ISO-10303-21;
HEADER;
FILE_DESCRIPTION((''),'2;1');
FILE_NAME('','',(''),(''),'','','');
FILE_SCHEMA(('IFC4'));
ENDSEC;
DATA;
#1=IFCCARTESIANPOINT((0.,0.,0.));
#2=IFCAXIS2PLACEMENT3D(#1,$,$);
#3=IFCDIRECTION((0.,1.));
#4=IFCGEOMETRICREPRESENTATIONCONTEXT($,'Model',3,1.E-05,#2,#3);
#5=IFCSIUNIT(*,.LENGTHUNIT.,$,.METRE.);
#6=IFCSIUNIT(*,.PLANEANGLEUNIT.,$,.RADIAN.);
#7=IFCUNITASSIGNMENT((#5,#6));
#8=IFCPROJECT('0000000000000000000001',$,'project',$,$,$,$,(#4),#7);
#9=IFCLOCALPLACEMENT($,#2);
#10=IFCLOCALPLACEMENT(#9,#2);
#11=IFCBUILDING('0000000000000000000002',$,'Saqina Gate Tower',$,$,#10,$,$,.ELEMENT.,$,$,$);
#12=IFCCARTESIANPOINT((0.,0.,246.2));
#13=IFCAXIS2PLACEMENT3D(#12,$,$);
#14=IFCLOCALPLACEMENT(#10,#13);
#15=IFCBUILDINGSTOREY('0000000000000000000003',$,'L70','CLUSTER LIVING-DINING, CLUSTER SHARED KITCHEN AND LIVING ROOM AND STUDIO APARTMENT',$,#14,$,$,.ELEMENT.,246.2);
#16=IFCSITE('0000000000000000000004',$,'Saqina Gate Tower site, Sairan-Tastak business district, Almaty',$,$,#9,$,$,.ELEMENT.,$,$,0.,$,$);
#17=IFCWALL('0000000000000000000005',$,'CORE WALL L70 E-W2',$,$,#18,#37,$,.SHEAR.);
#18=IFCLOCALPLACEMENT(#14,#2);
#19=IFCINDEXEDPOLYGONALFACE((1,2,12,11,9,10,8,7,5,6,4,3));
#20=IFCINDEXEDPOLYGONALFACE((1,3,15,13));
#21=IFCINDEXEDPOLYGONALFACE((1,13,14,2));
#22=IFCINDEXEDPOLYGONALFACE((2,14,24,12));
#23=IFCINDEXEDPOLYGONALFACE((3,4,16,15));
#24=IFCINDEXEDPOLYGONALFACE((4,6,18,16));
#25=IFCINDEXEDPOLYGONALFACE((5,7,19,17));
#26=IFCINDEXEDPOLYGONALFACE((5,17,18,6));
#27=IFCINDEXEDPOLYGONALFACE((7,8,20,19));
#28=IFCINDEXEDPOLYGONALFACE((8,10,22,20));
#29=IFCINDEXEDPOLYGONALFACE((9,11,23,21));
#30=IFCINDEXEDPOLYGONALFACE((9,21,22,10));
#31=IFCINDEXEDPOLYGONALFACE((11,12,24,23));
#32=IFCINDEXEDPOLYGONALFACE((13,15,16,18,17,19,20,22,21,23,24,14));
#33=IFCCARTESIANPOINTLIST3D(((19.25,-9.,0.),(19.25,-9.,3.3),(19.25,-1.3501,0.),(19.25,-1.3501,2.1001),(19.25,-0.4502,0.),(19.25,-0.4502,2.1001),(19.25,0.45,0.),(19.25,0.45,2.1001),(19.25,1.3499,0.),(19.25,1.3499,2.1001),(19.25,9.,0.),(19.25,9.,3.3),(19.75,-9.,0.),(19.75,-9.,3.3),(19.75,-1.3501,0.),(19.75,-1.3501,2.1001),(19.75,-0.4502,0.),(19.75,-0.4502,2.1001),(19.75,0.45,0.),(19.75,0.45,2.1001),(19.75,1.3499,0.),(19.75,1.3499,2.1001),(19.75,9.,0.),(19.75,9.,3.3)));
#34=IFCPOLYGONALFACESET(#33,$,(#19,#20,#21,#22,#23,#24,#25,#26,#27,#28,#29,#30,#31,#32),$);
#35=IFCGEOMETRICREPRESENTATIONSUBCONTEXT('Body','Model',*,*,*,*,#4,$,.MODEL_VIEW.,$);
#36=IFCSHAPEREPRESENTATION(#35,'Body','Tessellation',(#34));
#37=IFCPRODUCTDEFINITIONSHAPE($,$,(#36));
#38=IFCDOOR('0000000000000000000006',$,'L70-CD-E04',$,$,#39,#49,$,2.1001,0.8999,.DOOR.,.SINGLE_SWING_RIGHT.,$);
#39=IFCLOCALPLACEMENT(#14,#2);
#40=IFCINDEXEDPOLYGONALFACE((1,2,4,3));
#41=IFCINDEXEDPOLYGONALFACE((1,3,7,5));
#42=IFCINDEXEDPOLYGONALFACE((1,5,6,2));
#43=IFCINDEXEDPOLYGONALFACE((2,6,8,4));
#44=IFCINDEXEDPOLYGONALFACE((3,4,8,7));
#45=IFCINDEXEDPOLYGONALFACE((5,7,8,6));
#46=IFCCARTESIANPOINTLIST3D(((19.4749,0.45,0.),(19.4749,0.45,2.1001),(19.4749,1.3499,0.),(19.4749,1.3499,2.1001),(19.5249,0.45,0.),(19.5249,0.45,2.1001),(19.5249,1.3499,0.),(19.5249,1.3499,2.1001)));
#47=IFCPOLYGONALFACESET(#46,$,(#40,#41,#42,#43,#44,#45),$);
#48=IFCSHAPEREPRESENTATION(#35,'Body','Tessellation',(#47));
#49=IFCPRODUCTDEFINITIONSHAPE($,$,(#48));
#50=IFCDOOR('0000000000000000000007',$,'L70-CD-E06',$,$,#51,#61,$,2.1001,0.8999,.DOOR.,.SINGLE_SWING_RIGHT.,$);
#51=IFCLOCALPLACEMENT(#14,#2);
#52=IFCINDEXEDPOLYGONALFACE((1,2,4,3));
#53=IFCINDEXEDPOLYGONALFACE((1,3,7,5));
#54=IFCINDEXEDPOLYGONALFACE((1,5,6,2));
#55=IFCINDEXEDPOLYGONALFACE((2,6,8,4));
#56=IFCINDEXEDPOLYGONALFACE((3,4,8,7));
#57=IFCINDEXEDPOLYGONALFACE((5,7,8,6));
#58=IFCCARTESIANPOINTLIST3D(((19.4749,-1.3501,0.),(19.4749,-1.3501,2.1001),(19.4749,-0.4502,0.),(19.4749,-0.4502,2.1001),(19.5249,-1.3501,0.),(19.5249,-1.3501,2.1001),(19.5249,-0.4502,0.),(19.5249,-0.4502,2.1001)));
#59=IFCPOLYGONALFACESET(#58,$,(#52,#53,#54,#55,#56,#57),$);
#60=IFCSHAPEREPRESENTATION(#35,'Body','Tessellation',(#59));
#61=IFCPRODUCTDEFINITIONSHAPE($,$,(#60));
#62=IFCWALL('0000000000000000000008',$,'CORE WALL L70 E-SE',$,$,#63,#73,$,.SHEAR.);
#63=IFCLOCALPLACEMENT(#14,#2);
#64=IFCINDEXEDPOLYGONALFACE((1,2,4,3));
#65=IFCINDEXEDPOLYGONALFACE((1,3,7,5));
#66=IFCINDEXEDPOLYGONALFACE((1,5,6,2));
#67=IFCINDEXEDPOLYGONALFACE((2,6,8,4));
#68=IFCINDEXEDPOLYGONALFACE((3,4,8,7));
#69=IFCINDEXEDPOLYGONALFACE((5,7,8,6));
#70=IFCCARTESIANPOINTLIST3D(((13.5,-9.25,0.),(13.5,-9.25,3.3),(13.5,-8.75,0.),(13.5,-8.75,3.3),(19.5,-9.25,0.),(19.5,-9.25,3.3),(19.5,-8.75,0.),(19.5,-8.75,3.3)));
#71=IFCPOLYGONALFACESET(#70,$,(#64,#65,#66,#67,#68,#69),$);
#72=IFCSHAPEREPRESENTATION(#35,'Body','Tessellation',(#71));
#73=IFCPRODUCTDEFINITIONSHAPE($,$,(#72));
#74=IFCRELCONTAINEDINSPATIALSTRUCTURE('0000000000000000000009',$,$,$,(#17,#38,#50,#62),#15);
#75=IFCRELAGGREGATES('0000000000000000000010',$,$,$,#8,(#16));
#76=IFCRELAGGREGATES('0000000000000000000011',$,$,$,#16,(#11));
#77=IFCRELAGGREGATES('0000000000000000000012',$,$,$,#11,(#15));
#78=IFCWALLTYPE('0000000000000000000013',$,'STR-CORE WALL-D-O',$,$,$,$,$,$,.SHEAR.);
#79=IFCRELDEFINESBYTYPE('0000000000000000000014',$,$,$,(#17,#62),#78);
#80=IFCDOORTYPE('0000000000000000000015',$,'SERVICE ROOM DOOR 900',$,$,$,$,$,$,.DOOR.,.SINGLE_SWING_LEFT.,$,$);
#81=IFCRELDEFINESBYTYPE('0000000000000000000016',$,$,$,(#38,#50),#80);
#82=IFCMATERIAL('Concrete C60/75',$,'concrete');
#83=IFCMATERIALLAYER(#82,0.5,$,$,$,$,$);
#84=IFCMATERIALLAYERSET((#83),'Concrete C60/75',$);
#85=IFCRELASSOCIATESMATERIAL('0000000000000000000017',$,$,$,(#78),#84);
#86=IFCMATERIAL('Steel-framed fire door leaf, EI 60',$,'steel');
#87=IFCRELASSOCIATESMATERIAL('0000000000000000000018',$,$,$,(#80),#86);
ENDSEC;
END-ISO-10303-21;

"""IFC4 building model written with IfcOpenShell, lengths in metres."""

from ifc_helpers import new_model, si_unit, direction, frame, frame_2d, origin, place, context, subcontext, project, spatial, rectangle, extrude, material, layer, layer_set, type_object, element, fill, save


model = new_model("IFC4")

# Units and contexts
model_context = context("Model", 3, precision=1e-05, world=origin(), true_north=direction((0.0, 1.0)))
body_context = subcontext(model_context, "Body", "Model", "MODEL_VIEW")
ifc_project = project(units=[si_unit("LENGTHUNIT", "METRE"), si_unit("PLANEANGLEUNIT", "RADIAN")], contexts=[model_context])

# Site, building, storey
site_placement = place(None, origin())
site = spatial("IfcSite", under=ifc_project, at=site_placement, Name="Saqina Gate Tower site, Sairan-Tastak business district, Almaty", CompositionType="ELEMENT", RefElevation=0.0)
building_placement = place(site_placement, origin())
building = spatial("IfcBuilding", under=site, at=building_placement, Name="Saqina Gate Tower", CompositionType="ELEMENT")
storey_placement = place(building_placement, frame((0.0, 0.0, 246.2)))
storey = spatial("IfcBuildingStorey", under=building, at=storey_placement, Name="L70", Description="CLUSTER LIVING-DINING, CLUSTER SHARED KITCHEN AND LIVING ROOM AND STUDIO APARTMENT", CompositionType="ELEMENT", Elevation=246.2)

# Wall, openings, doors
ifc_material_1 = material(Name="Concrete C60/75", Category="concrete")
ifc_layer_1 = layer(ifc_material_1, 0.5)
ifc_layer_set_1 = layer_set([ifc_layer_1], Name="Concrete C60/75")
wall_type_1 = type_object("IfcWallType", Name="STR-CORE WALL-D-O", PredefinedType="SHEAR", material=ifc_layer_set_1)
wall_1_placement = place(storey_placement, frame((19.5, -9.0, 0.0), z_axis=(0.0, 0.0, 1.0), x_axis=(0.0, 1.0, 0.0)))
wall_1 = element("IfcWall", 1, at=wall_1_placement, inside=storey, type_object=wall_type_1, Name="CORE WALL L70 E-W2", PredefinedType="SHEAR", context=body_context, shape_type="SweptSolid", body=[
    extrude(rectangle(XDim=18.0, YDim=0.5, at=frame_2d((9.0, 0.0))), origin(), (0.0, 0.0, 1.0), 3.3),
])
opening_1_placement = place(wall_1_placement, frame((9.45, 0.0, 0.0)))
opening_1 = element("IfcOpeningElement", 2, at=opening_1_placement, cuts=wall_1, PredefinedType="OPENING", context=body_context, shape_type="SweptSolid", body=[
    extrude(rectangle(XDim=0.8999, YDim=2.1001, at=frame_2d((0.45, 1.05))), frame((0.0, 0.262, 0.0), z_axis=(0.0, -1.0, 0.0), x_axis=(1.0, 0.0, 0.0)), (0.0, 0.0, 1.0), 0.5239),
])
opening_2_placement = place(wall_1_placement, frame((7.6499, 0.0, 0.0)))
opening_2 = element("IfcOpeningElement", 3, at=opening_2_placement, cuts=wall_1, PredefinedType="OPENING", context=body_context, shape_type="SweptSolid", body=[
    extrude(rectangle(XDim=0.8999, YDim=2.1001, at=frame_2d((0.45, 1.05))), frame((0.0, 0.262, 0.0), z_axis=(0.0, -1.0, 0.0), x_axis=(1.0, 0.0, 0.0)), (0.0, 0.0, 1.0), 0.5239),
])
ifc_material_2 = material(Name="Steel-framed fire door leaf, EI 60", Category="steel")
door_type_1 = type_object("IfcDoorType", Name="SERVICE ROOM DOOR 900", OperationType="SINGLE_SWING_LEFT", PredefinedType="DOOR", material=ifc_material_2)
door_1_placement = place(opening_1_placement, frame((0.8999, 0.0, 0.0), z_axis=(0.0, 0.0, 1.0), x_axis=(-1.0, 0.0, 0.0)))
door_1 = element("IfcDoor", 4, at=door_1_placement, inside=storey, type_object=door_type_1, Name="L70-CD-E04", OperationType="SINGLE_SWING_RIGHT", OverallHeight=2.1001, OverallWidth=0.8999, PredefinedType="DOOR", context=body_context, shape_type="SweptSolid", body=[
    extrude(rectangle(XDim=0.8999, YDim=2.1001, at=frame_2d((0.45, 1.05))), frame((0.0, 0.0249, 0.0), z_axis=(0.0, -1.0, 0.0), x_axis=(1.0, 0.0, 0.0)), (0.0, 0.0, 1.0), 0.05),
])
fill(opening_1, door_1)
door_2_placement = place(opening_2_placement, frame((0.8999, 0.0, 0.0), z_axis=(0.0, 0.0, 1.0), x_axis=(-1.0, 0.0, 0.0)))
door_2 = element("IfcDoor", 5, at=door_2_placement, inside=storey, type_object=door_type_1, Name="L70-CD-E06", OperationType="SINGLE_SWING_RIGHT", OverallHeight=2.1001, OverallWidth=0.8999, PredefinedType="DOOR", context=body_context, shape_type="SweptSolid", body=[
    extrude(rectangle(XDim=0.8999, YDim=2.1001, at=frame_2d((0.45, 1.05))), frame((0.0, 0.0249, 0.0), z_axis=(0.0, -1.0, 0.0), x_axis=(1.0, 0.0, 0.0)), (0.0, 0.0, 1.0), 0.05),
])
fill(opening_2, door_2)

# Wall
wall_2_placement = place(storey_placement, frame((13.5, -9.0, 0.0), z_axis=(0.0, 0.0, 1.0), x_axis=(1.0, 0.0, 0.0)))
element("IfcWall", 6, at=wall_2_placement, inside=storey, type_object=wall_type_1, Name="CORE WALL L70 E-SE", PredefinedType="SHEAR", context=body_context, shape_type="SweptSolid", body=[
    extrude(rectangle(XDim=6.0, YDim=0.5, at=frame_2d((3.0, 0.0))), origin(), (0.0, 0.0, 1.0), 3.3),
])

save(model, "model.ifc")
